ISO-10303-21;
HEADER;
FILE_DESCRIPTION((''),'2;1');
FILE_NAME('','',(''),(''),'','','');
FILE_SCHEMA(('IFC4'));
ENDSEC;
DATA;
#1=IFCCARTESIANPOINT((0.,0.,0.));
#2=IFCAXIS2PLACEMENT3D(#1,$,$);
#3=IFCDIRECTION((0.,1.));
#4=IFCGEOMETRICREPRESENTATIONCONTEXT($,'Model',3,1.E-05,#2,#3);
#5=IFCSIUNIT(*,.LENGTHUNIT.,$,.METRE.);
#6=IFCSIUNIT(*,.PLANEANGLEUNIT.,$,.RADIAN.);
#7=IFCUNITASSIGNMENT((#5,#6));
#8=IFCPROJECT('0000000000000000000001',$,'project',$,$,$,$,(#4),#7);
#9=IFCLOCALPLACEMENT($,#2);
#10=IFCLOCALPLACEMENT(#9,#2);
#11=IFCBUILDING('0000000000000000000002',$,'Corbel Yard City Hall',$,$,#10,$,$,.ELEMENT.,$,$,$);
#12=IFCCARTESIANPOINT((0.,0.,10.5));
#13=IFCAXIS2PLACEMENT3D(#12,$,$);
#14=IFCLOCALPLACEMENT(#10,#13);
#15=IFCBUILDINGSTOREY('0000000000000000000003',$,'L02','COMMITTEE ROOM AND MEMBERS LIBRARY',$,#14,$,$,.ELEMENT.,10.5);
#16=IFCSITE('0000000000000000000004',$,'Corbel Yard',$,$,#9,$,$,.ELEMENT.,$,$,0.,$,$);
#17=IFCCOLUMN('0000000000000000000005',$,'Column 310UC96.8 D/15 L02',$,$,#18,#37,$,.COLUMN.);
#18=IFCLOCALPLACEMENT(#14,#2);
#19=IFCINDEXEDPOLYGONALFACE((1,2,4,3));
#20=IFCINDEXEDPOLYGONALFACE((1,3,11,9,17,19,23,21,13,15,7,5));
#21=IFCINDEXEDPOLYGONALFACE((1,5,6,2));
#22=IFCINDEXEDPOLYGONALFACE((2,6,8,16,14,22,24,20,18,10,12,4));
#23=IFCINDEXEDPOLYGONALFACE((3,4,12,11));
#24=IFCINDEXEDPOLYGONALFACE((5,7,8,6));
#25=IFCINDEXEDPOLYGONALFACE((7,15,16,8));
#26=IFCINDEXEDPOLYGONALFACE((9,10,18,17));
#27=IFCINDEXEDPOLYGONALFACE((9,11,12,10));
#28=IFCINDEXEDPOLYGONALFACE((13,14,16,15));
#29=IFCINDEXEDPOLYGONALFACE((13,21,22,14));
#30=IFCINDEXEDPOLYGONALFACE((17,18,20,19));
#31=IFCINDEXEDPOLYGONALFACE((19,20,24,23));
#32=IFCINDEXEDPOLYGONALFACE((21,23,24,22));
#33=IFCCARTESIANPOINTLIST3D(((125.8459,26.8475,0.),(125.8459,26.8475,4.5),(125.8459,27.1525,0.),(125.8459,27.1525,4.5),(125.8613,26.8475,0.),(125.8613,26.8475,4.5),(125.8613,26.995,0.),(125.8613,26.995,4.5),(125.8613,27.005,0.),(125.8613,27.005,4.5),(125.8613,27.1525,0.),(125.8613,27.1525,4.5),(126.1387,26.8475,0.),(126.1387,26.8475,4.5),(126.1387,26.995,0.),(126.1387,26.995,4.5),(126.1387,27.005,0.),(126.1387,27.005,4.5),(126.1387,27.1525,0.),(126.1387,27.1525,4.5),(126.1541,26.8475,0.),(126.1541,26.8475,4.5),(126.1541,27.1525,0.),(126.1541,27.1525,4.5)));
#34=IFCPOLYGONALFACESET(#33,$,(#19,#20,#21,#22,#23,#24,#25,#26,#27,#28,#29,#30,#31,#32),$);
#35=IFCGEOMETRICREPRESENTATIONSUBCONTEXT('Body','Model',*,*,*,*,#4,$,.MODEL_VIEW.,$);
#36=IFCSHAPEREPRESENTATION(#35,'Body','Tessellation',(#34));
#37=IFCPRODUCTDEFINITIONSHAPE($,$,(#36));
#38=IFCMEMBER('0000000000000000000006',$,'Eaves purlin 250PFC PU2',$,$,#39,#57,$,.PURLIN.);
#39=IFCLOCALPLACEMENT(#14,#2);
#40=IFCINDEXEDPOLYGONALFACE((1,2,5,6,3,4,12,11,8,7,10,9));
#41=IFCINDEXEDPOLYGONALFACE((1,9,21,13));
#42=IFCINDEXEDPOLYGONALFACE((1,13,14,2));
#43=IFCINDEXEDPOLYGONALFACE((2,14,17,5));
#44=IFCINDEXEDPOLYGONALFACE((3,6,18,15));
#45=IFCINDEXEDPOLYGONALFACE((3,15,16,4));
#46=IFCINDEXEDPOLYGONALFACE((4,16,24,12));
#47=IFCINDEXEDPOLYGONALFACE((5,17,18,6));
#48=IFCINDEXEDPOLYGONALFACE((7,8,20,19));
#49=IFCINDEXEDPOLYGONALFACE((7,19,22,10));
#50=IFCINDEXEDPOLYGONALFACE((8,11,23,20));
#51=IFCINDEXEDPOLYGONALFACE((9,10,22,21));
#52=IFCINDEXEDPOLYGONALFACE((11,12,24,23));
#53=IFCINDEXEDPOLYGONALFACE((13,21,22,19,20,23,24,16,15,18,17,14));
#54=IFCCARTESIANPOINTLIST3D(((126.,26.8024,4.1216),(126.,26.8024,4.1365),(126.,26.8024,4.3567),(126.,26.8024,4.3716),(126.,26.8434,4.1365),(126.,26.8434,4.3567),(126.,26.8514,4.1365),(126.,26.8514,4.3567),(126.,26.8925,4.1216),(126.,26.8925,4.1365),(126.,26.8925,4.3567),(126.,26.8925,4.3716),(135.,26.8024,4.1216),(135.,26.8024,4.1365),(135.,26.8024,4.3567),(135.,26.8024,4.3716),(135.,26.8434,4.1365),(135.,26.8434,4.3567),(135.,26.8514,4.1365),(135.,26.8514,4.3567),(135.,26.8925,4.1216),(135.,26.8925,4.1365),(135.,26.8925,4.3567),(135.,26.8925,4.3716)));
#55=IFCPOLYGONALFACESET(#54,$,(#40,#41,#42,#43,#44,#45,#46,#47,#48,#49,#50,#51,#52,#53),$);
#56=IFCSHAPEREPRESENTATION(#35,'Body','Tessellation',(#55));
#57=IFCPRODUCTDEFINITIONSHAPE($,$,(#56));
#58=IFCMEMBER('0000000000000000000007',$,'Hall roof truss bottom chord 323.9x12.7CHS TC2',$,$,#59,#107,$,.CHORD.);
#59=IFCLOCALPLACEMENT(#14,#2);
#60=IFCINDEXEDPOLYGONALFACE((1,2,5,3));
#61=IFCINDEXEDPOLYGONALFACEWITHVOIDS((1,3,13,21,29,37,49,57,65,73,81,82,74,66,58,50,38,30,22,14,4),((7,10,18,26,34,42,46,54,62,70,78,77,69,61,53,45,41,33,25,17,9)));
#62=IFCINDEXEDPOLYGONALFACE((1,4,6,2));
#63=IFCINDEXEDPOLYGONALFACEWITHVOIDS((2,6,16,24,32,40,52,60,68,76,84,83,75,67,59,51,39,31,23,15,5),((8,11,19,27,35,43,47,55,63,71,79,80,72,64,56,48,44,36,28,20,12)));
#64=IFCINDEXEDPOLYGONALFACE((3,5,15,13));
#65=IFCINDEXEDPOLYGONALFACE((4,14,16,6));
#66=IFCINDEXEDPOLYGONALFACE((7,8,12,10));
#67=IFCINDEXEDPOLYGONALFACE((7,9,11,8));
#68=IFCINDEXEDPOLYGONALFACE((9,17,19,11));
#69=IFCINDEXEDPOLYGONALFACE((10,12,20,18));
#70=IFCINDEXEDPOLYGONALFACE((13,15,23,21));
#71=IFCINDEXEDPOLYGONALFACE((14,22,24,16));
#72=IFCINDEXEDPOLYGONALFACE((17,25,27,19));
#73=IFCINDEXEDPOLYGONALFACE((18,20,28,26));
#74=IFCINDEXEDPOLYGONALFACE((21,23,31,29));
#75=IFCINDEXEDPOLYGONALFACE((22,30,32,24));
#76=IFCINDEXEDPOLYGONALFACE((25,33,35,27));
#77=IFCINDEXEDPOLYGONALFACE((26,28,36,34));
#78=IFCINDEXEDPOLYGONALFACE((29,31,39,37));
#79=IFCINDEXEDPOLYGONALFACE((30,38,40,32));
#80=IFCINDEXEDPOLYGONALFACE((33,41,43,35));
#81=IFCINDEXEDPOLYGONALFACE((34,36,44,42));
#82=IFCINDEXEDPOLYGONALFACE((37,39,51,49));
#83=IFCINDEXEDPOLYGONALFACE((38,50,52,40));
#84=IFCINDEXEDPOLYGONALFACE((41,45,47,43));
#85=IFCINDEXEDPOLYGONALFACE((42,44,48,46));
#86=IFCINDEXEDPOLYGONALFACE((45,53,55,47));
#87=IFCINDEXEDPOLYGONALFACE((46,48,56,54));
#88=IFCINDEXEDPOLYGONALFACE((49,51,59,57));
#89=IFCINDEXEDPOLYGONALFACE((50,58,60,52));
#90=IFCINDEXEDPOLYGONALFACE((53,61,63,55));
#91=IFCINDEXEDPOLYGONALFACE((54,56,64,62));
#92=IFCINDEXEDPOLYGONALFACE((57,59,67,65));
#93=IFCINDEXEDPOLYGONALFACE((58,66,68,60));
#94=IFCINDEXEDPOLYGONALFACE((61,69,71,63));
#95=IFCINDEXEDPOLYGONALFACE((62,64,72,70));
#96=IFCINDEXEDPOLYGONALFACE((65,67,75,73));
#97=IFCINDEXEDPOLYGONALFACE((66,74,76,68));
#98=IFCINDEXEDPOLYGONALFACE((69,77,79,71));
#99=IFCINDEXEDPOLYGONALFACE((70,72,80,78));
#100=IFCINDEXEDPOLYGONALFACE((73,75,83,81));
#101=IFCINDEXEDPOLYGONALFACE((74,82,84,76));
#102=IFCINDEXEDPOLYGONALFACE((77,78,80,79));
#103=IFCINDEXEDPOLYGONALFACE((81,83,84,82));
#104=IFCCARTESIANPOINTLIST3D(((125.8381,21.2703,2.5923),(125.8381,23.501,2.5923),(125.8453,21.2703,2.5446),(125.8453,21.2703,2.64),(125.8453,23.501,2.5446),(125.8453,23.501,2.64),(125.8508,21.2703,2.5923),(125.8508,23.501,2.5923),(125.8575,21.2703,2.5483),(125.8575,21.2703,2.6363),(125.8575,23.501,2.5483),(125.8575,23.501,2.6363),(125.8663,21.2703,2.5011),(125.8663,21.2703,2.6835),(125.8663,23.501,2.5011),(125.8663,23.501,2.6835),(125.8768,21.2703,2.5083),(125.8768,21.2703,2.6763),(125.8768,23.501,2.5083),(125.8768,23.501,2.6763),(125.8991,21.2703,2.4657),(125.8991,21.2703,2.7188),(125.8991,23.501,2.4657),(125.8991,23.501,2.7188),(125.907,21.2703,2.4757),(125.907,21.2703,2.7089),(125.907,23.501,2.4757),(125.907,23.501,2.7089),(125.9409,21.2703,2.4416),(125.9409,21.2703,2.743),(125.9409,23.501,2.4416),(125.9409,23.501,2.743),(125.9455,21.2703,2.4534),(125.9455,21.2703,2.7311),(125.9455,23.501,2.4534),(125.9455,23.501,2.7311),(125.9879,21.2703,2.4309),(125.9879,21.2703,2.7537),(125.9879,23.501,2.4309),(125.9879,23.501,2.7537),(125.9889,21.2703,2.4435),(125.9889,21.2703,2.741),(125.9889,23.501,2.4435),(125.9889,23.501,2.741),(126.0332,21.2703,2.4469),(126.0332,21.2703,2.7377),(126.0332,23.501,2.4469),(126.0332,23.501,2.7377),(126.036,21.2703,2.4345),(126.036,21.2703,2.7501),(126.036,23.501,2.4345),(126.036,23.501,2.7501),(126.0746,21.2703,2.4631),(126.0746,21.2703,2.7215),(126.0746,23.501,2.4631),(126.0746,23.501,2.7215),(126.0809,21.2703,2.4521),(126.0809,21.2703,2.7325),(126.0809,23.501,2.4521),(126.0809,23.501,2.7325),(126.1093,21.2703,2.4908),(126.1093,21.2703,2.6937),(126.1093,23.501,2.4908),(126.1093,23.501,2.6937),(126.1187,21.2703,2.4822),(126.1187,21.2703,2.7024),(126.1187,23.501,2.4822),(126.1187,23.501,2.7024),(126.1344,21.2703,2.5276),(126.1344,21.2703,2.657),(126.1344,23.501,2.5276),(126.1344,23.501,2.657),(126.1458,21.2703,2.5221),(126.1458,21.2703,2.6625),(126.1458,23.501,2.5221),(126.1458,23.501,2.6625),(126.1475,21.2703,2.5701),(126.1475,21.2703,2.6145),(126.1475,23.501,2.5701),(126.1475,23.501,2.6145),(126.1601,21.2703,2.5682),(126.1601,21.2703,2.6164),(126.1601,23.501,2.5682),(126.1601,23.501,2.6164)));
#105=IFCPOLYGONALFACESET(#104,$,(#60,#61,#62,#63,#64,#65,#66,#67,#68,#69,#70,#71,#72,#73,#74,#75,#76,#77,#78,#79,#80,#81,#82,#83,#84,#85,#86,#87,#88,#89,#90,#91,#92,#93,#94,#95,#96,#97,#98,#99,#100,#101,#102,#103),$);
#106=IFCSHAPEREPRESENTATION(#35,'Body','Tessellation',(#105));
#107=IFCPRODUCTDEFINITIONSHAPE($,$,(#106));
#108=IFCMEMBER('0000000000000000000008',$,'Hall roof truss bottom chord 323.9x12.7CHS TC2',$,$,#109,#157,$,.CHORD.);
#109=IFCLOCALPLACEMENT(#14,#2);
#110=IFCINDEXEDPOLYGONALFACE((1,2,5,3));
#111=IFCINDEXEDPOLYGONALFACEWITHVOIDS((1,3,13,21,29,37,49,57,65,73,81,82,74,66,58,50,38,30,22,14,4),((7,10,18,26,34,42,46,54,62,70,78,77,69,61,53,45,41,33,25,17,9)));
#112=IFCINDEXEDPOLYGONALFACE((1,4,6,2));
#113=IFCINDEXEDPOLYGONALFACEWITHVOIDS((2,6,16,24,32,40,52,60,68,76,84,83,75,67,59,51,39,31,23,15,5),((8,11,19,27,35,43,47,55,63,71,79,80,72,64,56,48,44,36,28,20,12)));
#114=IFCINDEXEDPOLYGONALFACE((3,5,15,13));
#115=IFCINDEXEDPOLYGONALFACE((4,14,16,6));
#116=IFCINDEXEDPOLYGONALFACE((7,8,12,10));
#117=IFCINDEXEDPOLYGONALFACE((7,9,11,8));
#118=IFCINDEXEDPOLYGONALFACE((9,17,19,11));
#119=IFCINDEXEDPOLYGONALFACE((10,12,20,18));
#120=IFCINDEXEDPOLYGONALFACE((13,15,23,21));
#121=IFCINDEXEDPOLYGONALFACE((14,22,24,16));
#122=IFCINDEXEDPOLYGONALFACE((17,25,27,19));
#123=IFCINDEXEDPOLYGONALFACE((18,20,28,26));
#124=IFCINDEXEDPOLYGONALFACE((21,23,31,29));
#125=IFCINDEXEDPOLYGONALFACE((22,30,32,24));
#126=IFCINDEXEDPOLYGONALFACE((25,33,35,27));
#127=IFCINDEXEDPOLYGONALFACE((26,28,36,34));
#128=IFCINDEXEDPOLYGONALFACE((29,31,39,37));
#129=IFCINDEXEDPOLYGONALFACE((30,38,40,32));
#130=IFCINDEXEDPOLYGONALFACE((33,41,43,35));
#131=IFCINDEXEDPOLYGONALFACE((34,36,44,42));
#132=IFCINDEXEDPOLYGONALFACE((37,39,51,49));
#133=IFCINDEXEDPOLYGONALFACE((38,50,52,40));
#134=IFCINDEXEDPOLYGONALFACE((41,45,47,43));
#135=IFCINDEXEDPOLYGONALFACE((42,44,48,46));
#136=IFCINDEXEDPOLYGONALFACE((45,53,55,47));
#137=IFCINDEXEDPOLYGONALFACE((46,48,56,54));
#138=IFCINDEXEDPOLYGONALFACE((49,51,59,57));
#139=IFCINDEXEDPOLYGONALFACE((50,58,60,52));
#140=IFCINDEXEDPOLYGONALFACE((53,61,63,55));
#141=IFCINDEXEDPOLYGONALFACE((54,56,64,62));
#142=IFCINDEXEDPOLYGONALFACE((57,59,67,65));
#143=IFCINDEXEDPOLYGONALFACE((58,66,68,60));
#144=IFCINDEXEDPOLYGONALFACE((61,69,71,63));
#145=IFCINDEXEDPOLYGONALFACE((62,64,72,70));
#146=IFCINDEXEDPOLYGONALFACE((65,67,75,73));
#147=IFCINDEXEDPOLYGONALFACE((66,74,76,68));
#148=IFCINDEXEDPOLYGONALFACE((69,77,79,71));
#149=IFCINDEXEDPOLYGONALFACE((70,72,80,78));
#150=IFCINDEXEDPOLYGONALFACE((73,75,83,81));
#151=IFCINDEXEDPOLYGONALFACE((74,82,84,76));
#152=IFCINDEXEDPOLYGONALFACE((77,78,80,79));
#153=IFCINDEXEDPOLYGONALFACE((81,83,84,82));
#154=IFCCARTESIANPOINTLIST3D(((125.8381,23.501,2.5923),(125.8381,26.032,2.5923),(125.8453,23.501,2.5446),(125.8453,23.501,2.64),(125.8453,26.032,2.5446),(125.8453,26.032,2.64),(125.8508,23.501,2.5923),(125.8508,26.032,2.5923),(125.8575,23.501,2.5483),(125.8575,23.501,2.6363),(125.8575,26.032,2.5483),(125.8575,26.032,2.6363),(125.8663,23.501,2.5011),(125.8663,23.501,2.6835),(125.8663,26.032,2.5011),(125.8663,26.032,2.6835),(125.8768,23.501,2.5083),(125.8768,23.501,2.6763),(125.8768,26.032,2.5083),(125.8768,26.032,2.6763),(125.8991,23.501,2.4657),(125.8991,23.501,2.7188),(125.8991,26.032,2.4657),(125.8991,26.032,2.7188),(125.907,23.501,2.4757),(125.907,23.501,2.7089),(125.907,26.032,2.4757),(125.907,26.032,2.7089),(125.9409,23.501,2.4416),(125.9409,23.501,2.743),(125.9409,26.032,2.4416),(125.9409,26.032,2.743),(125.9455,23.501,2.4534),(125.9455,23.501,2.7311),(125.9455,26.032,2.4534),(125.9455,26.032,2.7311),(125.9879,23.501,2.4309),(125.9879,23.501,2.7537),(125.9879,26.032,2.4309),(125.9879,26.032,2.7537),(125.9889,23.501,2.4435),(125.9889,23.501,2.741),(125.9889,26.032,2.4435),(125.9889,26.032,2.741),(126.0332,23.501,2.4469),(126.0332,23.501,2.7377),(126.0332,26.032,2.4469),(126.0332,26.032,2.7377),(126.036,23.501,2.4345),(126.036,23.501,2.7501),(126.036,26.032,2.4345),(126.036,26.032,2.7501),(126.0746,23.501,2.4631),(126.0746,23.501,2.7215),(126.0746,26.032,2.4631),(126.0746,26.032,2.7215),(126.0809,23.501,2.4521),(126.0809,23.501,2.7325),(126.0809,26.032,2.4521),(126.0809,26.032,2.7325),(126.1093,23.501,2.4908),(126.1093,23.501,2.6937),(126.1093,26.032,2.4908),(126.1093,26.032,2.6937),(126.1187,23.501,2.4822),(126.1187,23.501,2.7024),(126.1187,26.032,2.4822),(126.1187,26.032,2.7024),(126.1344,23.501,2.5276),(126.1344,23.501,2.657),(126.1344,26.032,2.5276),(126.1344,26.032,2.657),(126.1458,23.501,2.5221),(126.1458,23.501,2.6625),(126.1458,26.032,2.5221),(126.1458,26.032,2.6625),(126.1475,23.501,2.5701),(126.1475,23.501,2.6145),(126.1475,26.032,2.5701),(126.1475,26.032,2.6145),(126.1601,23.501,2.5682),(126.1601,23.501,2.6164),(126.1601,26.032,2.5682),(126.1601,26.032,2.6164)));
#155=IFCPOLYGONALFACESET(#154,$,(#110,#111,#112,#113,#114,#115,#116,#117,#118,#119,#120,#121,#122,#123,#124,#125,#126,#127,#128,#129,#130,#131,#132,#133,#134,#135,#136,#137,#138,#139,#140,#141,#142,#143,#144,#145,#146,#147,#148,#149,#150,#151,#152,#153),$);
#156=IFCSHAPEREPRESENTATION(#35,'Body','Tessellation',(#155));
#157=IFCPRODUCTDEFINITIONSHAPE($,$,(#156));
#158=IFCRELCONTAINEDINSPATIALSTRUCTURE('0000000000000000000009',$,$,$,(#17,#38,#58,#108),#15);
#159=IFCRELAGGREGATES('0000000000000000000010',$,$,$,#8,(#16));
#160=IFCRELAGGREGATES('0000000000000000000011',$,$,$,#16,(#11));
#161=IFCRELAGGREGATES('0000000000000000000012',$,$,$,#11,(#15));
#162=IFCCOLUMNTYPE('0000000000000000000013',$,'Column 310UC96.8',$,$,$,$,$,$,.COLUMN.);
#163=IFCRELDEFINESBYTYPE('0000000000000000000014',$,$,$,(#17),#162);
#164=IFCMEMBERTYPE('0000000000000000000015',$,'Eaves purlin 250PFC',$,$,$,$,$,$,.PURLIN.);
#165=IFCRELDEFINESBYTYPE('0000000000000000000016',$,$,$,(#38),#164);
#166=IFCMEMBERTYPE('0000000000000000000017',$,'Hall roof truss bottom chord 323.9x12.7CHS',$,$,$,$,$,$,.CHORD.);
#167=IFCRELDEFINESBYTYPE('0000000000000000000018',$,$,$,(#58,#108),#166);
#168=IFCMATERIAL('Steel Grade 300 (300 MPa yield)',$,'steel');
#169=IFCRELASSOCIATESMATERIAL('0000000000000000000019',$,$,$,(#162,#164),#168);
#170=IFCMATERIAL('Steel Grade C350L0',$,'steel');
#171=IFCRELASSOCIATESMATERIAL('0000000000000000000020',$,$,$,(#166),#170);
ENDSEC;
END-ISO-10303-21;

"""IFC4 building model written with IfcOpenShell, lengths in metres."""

from ifc_helpers import new_model, si_unit, direction, frame, origin, origin_2d, place, context, subcontext, project, spatial, hollow_circle, i_section, extrude, material, material_profile, profile_set, type_object, element, save


model = new_model("IFC4")

# Units and contexts
model_context = context("Model", 3, precision=1e-05, world=origin(), true_north=direction((0.0, 1.0)))
body_context = subcontext(model_context, "Body", "Model", "MODEL_VIEW")
ifc_project = project(units=[si_unit("LENGTHUNIT", "METRE"), si_unit("PLANEANGLEUNIT", "RADIAN")], contexts=[model_context])

# Site, building, storey
site_placement = place(None, origin())
site = spatial("IfcSite", under=ifc_project, at=site_placement, Name="Corbel Yard", CompositionType="ELEMENT", RefElevation=0.0)
building_placement = place(site_placement, origin())
building = spatial("IfcBuilding", under=site, at=building_placement, Name="Corbel Yard City Hall", CompositionType="ELEMENT")
storey_placement = place(building_placement, frame((0.0, 0.0, 10.5)))
storey = spatial("IfcBuildingStorey", under=building, at=storey_placement, Name="L02", Description="COMMITTEE ROOM AND MEMBERS LIBRARY", CompositionType="ELEMENT", Elevation=10.5)

# Column
ifc_material_1 = material(Name="Steel Grade 300 (300 MPa yield)", Category="steel")
ifc_material_profile_1 = material_profile(ifc_material_1, i_section(OverallWidth=0.3049, OverallDepth=0.3081, WebThickness=0.01, FlangeThickness=0.0154, at=origin_2d()), Name="310UC96.8")
ifc_profile_set_1 = profile_set([ifc_material_profile_1], Name="Steel Grade 300 (300 MPa yield)")
column_type = type_object("IfcColumnType", Name="Column 310UC96.8", PredefinedType="COLUMN", material=ifc_profile_set_1)
column_placement = place(storey_placement, frame((126.0, 27.0, 0.0), z_axis=(0.0, 0.0, 1.0), x_axis=(0.0, 1.0, 0.0)))
element("IfcColumn", 1, at=column_placement, inside=storey, type_object=column_type, Name="Column 310UC96.8 D/15 L02", PredefinedType="COLUMN", context=body_context, shape_type="SweptSolid", body=[
    extrude(i_section(OverallWidth=0.3049, OverallDepth=0.3081, WebThickness=0.01, FlangeThickness=0.0154, at=origin_2d()), origin(), (0.0, 0.0, 1.0), 4.5),
])

# Members
ifc_material_profile_2 = material_profile(ifc_material_1, i_section(OverallWidth=0.0901, OverallDepth=0.25, WebThickness=0.0081, FlangeThickness=0.0149, at=origin_2d()), Name="250PFC")
ifc_profile_set_2 = profile_set([ifc_material_profile_2], Name="Steel Grade 300 (300 MPa yield)")
member_type_1 = type_object("IfcMemberType", Name="Eaves purlin 250PFC", PredefinedType="PURLIN", material=ifc_profile_set_2)
member_1_placement = place(storey_placement, frame((126.0, 26.8474, 4.2466), z_axis=(1.0, 0.0, 0.0), x_axis=(0.0, 1.0, 0.0)))
element("IfcMember", 2, at=member_1_placement, inside=storey, type_object=member_type_1, Name="Eaves purlin 250PFC PU2", PredefinedType="PURLIN", context=body_context, shape_type="SweptSolid", body=[
    extrude(i_section(OverallWidth=0.0901, OverallDepth=0.25, WebThickness=0.0081, FlangeThickness=0.0149, at=origin_2d()), origin(), (0.0, 0.0, 1.0), 9.0),
])
ifc_material_2 = material(Name="Steel Grade C350L0", Category="steel")
ifc_material_profile_3 = material_profile(ifc_material_2, hollow_circle(Radius=0.1619, WallThickness=0.0127, at=origin_2d()), Name="323.9x12.7CHS")
ifc_profile_set_3 = profile_set([ifc_material_profile_3], Name="Steel Grade C350L0")
member_type_2 = type_object("IfcMemberType", Name="Hall roof truss bottom chord 323.9x12.7CHS", PredefinedType="CHORD", material=ifc_profile_set_3)
member_2_placement = place(storey_placement, frame((126.0, 21.2703, 2.5923), z_axis=(0.0, 1.0, 0.0), x_axis=(-1.0, 0.0, 0.0)))
element("IfcMember", 3, at=member_2_placement, inside=storey, type_object=member_type_2, Name="Hall roof truss bottom chord 323.9x12.7CHS TC2", PredefinedType="CHORD", context=body_context, shape_type="SweptSolid", body=[
    extrude(hollow_circle(Radius=0.1619, WallThickness=0.0127, at=origin_2d()), origin(), (0.0, 0.0, 1.0), 2.2307),
])
member_3_placement = place(storey_placement, frame((126.0, 23.501, 2.5923), z_axis=(0.0, 1.0, 0.0), x_axis=(-1.0, 0.0, 0.0)))
element("IfcMember", 4, at=member_3_placement, inside=storey, type_object=member_type_2, Name="Hall roof truss bottom chord 323.9x12.7CHS TC2", PredefinedType="CHORD", context=body_context, shape_type="SweptSolid", body=[
    extrude(hollow_circle(Radius=0.1619, WallThickness=0.0127, at=origin_2d()), origin(), (0.0, 0.0, 1.0), 2.531),
])

save(model, "model.ifc")
